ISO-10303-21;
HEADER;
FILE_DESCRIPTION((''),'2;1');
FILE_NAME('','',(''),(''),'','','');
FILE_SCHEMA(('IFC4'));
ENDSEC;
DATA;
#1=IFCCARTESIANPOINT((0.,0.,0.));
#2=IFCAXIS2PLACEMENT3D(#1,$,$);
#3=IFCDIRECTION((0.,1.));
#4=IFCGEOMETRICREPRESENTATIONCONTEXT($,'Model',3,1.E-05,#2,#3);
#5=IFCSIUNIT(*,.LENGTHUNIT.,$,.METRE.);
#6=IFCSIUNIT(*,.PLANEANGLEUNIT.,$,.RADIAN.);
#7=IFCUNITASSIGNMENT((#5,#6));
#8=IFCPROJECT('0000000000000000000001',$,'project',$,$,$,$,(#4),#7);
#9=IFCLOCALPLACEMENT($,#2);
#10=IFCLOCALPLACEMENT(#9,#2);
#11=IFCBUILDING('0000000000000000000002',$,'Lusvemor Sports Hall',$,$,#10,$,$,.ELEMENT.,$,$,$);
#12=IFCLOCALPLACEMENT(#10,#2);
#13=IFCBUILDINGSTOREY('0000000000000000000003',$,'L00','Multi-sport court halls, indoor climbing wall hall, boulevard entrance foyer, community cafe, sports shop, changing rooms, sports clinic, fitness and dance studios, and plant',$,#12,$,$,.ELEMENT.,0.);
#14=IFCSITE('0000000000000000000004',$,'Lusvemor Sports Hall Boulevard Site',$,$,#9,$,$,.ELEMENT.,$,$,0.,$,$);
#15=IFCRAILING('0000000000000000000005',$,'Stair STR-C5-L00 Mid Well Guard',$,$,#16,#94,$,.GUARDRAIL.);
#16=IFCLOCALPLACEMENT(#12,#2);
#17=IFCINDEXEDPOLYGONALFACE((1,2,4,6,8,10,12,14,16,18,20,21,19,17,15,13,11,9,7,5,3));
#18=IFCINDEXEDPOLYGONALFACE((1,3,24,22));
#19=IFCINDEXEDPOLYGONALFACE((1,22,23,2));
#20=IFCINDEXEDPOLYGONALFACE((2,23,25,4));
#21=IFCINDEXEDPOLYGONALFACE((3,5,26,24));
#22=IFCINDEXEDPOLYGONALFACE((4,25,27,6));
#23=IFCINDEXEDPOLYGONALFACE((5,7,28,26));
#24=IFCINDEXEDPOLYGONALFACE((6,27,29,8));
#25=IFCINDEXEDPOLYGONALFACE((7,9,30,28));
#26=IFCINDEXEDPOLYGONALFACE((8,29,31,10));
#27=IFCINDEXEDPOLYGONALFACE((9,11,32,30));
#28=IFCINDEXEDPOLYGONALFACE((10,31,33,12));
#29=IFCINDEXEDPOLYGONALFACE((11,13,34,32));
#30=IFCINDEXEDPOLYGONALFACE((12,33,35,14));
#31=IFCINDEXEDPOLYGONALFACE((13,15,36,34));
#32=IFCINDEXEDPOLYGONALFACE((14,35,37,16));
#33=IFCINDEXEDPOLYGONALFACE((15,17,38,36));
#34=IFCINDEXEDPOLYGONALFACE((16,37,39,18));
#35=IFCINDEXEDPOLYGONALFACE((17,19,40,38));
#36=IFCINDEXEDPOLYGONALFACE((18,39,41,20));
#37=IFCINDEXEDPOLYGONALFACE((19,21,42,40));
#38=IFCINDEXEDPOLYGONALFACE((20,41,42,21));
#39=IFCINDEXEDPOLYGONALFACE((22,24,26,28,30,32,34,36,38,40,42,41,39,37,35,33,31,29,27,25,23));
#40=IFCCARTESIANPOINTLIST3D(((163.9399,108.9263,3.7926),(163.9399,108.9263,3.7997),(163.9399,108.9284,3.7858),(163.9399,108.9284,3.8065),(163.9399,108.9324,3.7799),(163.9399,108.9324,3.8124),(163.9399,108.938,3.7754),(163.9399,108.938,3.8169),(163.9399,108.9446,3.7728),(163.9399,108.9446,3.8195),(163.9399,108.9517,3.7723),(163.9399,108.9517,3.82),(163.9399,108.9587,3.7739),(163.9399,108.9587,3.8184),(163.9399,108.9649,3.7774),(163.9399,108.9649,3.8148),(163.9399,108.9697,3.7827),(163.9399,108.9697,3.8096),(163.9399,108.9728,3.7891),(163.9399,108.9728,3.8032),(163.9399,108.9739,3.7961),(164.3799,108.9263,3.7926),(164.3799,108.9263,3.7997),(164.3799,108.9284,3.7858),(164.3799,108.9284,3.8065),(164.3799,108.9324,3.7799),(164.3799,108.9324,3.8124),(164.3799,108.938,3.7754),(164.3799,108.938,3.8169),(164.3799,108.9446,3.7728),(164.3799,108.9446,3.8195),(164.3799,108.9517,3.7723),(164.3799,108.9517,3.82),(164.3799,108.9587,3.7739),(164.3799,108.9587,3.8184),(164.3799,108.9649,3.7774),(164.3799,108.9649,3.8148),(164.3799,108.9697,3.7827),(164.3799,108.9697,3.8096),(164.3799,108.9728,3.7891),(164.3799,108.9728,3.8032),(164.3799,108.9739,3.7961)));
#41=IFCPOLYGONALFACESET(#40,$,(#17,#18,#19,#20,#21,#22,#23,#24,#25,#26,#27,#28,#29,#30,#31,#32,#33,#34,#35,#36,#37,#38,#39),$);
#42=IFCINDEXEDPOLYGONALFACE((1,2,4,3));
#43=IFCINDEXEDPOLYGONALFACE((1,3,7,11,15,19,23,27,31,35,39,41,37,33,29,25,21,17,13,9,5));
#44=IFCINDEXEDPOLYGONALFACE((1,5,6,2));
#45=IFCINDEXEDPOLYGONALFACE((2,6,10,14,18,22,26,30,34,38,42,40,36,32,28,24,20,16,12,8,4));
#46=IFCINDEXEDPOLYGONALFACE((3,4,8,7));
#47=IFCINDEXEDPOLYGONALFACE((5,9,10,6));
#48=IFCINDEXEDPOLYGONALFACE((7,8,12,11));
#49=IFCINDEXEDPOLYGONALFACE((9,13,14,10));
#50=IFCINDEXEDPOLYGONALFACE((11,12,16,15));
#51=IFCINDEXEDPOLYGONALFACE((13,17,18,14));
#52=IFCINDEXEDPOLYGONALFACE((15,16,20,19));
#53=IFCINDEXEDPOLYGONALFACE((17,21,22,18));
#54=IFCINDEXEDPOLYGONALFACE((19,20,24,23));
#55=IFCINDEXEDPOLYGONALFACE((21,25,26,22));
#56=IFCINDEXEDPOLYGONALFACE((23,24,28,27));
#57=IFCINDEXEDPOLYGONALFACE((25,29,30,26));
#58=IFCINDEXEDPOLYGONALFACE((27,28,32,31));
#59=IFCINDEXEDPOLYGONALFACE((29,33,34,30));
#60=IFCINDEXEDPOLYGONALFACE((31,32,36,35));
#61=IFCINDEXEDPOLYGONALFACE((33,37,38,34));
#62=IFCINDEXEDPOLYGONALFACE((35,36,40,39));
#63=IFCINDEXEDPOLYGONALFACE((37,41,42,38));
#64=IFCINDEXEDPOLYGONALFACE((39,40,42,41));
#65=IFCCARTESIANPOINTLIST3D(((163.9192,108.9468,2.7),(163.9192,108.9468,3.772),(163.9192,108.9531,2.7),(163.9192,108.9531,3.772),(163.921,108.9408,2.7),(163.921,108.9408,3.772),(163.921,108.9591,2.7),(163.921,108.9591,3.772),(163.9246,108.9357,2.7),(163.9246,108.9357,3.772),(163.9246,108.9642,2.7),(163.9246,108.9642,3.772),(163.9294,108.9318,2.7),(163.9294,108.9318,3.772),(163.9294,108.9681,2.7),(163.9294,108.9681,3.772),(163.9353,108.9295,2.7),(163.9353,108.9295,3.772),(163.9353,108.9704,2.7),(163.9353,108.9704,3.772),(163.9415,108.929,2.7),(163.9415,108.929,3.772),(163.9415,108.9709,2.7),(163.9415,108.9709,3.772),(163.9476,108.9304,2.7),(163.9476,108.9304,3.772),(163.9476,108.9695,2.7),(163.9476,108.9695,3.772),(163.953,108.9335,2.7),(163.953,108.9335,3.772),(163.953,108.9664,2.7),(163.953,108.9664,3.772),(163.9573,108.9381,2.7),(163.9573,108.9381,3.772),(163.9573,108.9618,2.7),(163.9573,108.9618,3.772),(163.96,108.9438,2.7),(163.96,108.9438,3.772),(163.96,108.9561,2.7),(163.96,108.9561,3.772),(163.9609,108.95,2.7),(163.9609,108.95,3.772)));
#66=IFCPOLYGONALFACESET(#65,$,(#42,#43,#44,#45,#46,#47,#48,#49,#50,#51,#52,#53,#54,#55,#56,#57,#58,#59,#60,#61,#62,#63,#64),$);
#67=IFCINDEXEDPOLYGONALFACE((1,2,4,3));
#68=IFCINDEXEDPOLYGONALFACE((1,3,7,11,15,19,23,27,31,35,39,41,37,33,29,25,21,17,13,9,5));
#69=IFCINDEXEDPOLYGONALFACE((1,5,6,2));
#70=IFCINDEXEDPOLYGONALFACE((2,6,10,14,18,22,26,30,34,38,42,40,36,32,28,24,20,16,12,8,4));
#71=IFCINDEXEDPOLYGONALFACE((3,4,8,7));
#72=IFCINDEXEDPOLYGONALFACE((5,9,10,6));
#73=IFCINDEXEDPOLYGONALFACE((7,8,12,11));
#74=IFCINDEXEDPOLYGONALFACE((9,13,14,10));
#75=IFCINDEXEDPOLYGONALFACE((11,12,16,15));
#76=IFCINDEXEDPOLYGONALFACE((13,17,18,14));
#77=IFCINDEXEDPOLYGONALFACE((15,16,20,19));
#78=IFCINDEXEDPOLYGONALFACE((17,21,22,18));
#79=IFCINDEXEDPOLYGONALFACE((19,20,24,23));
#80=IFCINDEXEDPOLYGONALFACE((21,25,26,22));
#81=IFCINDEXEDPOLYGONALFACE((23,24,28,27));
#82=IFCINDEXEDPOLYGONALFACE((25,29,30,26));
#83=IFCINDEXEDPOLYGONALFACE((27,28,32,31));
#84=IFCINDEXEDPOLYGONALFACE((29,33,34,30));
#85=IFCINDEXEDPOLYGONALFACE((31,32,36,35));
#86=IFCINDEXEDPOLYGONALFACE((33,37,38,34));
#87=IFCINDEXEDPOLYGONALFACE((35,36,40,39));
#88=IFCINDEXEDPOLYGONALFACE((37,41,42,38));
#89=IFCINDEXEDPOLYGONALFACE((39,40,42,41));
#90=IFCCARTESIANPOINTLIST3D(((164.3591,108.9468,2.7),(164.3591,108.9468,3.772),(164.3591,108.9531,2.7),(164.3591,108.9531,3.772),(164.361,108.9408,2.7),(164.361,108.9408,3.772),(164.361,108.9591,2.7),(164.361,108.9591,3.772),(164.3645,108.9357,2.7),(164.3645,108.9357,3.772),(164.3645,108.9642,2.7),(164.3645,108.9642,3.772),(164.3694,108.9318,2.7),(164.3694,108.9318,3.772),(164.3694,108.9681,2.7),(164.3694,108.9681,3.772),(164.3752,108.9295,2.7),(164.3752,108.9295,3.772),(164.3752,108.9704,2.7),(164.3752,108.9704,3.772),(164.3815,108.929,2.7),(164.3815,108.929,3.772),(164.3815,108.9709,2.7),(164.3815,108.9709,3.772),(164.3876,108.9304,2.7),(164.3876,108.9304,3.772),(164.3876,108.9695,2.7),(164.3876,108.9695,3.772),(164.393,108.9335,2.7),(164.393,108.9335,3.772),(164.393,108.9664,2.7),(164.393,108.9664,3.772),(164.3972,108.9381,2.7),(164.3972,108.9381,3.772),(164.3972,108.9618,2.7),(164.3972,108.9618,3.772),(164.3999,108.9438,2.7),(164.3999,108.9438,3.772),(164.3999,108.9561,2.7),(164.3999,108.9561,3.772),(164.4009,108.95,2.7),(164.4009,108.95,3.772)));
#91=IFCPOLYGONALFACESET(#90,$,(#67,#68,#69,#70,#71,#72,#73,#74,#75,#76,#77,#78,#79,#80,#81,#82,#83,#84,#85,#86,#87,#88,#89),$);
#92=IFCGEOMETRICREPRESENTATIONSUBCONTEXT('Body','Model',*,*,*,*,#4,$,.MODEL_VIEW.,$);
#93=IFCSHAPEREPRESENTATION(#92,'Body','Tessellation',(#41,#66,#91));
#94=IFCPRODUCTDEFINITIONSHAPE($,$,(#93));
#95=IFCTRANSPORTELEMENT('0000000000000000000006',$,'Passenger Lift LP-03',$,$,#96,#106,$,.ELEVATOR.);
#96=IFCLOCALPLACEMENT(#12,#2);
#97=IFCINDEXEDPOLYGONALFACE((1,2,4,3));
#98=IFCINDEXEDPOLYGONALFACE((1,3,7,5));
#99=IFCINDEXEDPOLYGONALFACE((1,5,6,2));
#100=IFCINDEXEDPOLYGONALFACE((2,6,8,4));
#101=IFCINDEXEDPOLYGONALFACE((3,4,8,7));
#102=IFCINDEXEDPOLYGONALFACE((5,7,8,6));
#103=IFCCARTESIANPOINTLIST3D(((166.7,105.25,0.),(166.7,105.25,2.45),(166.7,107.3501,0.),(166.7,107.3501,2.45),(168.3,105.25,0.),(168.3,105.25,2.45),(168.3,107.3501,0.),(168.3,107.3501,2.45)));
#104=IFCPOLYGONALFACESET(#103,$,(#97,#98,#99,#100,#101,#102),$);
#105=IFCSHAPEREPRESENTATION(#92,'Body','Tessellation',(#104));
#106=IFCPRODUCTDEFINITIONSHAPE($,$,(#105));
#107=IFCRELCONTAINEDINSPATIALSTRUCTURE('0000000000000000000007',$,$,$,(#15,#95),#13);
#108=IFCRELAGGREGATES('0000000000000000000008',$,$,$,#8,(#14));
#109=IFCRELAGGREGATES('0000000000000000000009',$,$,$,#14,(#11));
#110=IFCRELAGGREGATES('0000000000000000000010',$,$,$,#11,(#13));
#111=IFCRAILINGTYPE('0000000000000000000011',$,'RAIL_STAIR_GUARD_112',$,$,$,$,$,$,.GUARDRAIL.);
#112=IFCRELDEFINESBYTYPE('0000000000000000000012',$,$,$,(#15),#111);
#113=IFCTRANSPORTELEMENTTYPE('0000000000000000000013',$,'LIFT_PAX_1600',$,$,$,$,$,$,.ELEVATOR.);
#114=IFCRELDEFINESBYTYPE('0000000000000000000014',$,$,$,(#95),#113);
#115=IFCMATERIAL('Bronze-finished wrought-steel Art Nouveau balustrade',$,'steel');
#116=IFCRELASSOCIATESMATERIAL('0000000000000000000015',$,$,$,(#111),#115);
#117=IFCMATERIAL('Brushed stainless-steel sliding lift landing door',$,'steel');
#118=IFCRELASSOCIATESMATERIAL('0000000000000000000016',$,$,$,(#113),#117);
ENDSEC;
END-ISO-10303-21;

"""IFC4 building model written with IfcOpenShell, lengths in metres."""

from ifc_helpers import new_model, si_unit, direction, frame, origin, origin_2d, place, context, subcontext, project, spatial, rectangle, circle, extrude, material, type_object, element, save


model = new_model("IFC4")

# Units and contexts
model_context = context("Model", 3, precision=1e-05, world=origin(), true_north=direction((0.0, 1.0)))
body_context = subcontext(model_context, "Body", "Model", "MODEL_VIEW")
ifc_project = project(units=[si_unit("LENGTHUNIT", "METRE"), si_unit("PLANEANGLEUNIT", "RADIAN")], contexts=[model_context])

# Site, building, storey
site_placement = place(None, origin())
site = spatial("IfcSite", under=ifc_project, at=site_placement, Name="Lusvemor Sports Hall Boulevard Site", CompositionType="ELEMENT", RefElevation=0.0)
building_placement = place(site_placement, origin())
building = spatial("IfcBuilding", under=site, at=building_placement, Name="Lusvemor Sports Hall", CompositionType="ELEMENT")
storey_placement = place(building_placement, origin())
storey = spatial("IfcBuildingStorey", under=building, at=storey_placement, Name="L00", Description="Multi-sport court halls, indoor climbing wall hall, boulevard entrance foyer, community cafe, sports shop, changing rooms, sports clinic, fitness and dance studios, and plant", CompositionType="ELEMENT", Elevation=0.0)

# Railing
ifc_material_1 = material(Name="Bronze-finished wrought-steel Art Nouveau balustrade", Category="steel")
railing_type_1 = type_object("IfcRailingType", Name="RAIL_STAIR_GUARD_112", PredefinedType="GUARDRAIL", material=ifc_material_1)
railing_1_placement = place(storey_placement, frame((163.9399, 108.95, 2.7)))
element("IfcRailing", 1, at=railing_1_placement, inside=storey, type_object=railing_type_1, Name="Stair STR-C5-L00 Mid Well Guard", PredefinedType="GUARDRAIL", context=body_context, shape_type="SweptSolid", body=[
    extrude(circle(Radius=0.0239, at=origin_2d()), frame((0.0, 0.0, 1.0962), z_axis=(1.0, 0.0, 0.0), x_axis=(0.0, 1.0, 0.0)), (0.0, 0.0, 1.0), 0.4399),
    extrude(circle(Radius=0.021, at=origin_2d()), origin(), (0.0, 0.0, 1.0), 1.072),
    extrude(circle(Radius=0.021, at=origin_2d()), frame((0.4399, 0.0, 0.0)), (0.0, 0.0, 1.0), 1.072),
])

# Transport element
ifc_material_2 = material(Name="Brushed stainless-steel sliding lift landing door", Category="steel")
transport_element_type = type_object("IfcTransportElementType", Name="LIFT_PAX_1600", PredefinedType="ELEVATOR", material=ifc_material_2)
transport_element_placement = place(storey_placement, frame((167.5, 106.3, 0.0), z_axis=(0.0, 0.0, 1.0), x_axis=(1.0, 0.0, 0.0)))
element("IfcTransportElement", 2, at=transport_element_placement, inside=storey, type_object=transport_element_type, Name="Passenger Lift LP-03", PredefinedType="ELEVATOR", context=body_context, shape_type="SweptSolid", body=[
    extrude(rectangle(XDim=1.6001, YDim=2.1001, at=origin_2d()), origin(), (0.0, 0.0, 1.0), 2.45),
])

save(model, "model.ifc")
